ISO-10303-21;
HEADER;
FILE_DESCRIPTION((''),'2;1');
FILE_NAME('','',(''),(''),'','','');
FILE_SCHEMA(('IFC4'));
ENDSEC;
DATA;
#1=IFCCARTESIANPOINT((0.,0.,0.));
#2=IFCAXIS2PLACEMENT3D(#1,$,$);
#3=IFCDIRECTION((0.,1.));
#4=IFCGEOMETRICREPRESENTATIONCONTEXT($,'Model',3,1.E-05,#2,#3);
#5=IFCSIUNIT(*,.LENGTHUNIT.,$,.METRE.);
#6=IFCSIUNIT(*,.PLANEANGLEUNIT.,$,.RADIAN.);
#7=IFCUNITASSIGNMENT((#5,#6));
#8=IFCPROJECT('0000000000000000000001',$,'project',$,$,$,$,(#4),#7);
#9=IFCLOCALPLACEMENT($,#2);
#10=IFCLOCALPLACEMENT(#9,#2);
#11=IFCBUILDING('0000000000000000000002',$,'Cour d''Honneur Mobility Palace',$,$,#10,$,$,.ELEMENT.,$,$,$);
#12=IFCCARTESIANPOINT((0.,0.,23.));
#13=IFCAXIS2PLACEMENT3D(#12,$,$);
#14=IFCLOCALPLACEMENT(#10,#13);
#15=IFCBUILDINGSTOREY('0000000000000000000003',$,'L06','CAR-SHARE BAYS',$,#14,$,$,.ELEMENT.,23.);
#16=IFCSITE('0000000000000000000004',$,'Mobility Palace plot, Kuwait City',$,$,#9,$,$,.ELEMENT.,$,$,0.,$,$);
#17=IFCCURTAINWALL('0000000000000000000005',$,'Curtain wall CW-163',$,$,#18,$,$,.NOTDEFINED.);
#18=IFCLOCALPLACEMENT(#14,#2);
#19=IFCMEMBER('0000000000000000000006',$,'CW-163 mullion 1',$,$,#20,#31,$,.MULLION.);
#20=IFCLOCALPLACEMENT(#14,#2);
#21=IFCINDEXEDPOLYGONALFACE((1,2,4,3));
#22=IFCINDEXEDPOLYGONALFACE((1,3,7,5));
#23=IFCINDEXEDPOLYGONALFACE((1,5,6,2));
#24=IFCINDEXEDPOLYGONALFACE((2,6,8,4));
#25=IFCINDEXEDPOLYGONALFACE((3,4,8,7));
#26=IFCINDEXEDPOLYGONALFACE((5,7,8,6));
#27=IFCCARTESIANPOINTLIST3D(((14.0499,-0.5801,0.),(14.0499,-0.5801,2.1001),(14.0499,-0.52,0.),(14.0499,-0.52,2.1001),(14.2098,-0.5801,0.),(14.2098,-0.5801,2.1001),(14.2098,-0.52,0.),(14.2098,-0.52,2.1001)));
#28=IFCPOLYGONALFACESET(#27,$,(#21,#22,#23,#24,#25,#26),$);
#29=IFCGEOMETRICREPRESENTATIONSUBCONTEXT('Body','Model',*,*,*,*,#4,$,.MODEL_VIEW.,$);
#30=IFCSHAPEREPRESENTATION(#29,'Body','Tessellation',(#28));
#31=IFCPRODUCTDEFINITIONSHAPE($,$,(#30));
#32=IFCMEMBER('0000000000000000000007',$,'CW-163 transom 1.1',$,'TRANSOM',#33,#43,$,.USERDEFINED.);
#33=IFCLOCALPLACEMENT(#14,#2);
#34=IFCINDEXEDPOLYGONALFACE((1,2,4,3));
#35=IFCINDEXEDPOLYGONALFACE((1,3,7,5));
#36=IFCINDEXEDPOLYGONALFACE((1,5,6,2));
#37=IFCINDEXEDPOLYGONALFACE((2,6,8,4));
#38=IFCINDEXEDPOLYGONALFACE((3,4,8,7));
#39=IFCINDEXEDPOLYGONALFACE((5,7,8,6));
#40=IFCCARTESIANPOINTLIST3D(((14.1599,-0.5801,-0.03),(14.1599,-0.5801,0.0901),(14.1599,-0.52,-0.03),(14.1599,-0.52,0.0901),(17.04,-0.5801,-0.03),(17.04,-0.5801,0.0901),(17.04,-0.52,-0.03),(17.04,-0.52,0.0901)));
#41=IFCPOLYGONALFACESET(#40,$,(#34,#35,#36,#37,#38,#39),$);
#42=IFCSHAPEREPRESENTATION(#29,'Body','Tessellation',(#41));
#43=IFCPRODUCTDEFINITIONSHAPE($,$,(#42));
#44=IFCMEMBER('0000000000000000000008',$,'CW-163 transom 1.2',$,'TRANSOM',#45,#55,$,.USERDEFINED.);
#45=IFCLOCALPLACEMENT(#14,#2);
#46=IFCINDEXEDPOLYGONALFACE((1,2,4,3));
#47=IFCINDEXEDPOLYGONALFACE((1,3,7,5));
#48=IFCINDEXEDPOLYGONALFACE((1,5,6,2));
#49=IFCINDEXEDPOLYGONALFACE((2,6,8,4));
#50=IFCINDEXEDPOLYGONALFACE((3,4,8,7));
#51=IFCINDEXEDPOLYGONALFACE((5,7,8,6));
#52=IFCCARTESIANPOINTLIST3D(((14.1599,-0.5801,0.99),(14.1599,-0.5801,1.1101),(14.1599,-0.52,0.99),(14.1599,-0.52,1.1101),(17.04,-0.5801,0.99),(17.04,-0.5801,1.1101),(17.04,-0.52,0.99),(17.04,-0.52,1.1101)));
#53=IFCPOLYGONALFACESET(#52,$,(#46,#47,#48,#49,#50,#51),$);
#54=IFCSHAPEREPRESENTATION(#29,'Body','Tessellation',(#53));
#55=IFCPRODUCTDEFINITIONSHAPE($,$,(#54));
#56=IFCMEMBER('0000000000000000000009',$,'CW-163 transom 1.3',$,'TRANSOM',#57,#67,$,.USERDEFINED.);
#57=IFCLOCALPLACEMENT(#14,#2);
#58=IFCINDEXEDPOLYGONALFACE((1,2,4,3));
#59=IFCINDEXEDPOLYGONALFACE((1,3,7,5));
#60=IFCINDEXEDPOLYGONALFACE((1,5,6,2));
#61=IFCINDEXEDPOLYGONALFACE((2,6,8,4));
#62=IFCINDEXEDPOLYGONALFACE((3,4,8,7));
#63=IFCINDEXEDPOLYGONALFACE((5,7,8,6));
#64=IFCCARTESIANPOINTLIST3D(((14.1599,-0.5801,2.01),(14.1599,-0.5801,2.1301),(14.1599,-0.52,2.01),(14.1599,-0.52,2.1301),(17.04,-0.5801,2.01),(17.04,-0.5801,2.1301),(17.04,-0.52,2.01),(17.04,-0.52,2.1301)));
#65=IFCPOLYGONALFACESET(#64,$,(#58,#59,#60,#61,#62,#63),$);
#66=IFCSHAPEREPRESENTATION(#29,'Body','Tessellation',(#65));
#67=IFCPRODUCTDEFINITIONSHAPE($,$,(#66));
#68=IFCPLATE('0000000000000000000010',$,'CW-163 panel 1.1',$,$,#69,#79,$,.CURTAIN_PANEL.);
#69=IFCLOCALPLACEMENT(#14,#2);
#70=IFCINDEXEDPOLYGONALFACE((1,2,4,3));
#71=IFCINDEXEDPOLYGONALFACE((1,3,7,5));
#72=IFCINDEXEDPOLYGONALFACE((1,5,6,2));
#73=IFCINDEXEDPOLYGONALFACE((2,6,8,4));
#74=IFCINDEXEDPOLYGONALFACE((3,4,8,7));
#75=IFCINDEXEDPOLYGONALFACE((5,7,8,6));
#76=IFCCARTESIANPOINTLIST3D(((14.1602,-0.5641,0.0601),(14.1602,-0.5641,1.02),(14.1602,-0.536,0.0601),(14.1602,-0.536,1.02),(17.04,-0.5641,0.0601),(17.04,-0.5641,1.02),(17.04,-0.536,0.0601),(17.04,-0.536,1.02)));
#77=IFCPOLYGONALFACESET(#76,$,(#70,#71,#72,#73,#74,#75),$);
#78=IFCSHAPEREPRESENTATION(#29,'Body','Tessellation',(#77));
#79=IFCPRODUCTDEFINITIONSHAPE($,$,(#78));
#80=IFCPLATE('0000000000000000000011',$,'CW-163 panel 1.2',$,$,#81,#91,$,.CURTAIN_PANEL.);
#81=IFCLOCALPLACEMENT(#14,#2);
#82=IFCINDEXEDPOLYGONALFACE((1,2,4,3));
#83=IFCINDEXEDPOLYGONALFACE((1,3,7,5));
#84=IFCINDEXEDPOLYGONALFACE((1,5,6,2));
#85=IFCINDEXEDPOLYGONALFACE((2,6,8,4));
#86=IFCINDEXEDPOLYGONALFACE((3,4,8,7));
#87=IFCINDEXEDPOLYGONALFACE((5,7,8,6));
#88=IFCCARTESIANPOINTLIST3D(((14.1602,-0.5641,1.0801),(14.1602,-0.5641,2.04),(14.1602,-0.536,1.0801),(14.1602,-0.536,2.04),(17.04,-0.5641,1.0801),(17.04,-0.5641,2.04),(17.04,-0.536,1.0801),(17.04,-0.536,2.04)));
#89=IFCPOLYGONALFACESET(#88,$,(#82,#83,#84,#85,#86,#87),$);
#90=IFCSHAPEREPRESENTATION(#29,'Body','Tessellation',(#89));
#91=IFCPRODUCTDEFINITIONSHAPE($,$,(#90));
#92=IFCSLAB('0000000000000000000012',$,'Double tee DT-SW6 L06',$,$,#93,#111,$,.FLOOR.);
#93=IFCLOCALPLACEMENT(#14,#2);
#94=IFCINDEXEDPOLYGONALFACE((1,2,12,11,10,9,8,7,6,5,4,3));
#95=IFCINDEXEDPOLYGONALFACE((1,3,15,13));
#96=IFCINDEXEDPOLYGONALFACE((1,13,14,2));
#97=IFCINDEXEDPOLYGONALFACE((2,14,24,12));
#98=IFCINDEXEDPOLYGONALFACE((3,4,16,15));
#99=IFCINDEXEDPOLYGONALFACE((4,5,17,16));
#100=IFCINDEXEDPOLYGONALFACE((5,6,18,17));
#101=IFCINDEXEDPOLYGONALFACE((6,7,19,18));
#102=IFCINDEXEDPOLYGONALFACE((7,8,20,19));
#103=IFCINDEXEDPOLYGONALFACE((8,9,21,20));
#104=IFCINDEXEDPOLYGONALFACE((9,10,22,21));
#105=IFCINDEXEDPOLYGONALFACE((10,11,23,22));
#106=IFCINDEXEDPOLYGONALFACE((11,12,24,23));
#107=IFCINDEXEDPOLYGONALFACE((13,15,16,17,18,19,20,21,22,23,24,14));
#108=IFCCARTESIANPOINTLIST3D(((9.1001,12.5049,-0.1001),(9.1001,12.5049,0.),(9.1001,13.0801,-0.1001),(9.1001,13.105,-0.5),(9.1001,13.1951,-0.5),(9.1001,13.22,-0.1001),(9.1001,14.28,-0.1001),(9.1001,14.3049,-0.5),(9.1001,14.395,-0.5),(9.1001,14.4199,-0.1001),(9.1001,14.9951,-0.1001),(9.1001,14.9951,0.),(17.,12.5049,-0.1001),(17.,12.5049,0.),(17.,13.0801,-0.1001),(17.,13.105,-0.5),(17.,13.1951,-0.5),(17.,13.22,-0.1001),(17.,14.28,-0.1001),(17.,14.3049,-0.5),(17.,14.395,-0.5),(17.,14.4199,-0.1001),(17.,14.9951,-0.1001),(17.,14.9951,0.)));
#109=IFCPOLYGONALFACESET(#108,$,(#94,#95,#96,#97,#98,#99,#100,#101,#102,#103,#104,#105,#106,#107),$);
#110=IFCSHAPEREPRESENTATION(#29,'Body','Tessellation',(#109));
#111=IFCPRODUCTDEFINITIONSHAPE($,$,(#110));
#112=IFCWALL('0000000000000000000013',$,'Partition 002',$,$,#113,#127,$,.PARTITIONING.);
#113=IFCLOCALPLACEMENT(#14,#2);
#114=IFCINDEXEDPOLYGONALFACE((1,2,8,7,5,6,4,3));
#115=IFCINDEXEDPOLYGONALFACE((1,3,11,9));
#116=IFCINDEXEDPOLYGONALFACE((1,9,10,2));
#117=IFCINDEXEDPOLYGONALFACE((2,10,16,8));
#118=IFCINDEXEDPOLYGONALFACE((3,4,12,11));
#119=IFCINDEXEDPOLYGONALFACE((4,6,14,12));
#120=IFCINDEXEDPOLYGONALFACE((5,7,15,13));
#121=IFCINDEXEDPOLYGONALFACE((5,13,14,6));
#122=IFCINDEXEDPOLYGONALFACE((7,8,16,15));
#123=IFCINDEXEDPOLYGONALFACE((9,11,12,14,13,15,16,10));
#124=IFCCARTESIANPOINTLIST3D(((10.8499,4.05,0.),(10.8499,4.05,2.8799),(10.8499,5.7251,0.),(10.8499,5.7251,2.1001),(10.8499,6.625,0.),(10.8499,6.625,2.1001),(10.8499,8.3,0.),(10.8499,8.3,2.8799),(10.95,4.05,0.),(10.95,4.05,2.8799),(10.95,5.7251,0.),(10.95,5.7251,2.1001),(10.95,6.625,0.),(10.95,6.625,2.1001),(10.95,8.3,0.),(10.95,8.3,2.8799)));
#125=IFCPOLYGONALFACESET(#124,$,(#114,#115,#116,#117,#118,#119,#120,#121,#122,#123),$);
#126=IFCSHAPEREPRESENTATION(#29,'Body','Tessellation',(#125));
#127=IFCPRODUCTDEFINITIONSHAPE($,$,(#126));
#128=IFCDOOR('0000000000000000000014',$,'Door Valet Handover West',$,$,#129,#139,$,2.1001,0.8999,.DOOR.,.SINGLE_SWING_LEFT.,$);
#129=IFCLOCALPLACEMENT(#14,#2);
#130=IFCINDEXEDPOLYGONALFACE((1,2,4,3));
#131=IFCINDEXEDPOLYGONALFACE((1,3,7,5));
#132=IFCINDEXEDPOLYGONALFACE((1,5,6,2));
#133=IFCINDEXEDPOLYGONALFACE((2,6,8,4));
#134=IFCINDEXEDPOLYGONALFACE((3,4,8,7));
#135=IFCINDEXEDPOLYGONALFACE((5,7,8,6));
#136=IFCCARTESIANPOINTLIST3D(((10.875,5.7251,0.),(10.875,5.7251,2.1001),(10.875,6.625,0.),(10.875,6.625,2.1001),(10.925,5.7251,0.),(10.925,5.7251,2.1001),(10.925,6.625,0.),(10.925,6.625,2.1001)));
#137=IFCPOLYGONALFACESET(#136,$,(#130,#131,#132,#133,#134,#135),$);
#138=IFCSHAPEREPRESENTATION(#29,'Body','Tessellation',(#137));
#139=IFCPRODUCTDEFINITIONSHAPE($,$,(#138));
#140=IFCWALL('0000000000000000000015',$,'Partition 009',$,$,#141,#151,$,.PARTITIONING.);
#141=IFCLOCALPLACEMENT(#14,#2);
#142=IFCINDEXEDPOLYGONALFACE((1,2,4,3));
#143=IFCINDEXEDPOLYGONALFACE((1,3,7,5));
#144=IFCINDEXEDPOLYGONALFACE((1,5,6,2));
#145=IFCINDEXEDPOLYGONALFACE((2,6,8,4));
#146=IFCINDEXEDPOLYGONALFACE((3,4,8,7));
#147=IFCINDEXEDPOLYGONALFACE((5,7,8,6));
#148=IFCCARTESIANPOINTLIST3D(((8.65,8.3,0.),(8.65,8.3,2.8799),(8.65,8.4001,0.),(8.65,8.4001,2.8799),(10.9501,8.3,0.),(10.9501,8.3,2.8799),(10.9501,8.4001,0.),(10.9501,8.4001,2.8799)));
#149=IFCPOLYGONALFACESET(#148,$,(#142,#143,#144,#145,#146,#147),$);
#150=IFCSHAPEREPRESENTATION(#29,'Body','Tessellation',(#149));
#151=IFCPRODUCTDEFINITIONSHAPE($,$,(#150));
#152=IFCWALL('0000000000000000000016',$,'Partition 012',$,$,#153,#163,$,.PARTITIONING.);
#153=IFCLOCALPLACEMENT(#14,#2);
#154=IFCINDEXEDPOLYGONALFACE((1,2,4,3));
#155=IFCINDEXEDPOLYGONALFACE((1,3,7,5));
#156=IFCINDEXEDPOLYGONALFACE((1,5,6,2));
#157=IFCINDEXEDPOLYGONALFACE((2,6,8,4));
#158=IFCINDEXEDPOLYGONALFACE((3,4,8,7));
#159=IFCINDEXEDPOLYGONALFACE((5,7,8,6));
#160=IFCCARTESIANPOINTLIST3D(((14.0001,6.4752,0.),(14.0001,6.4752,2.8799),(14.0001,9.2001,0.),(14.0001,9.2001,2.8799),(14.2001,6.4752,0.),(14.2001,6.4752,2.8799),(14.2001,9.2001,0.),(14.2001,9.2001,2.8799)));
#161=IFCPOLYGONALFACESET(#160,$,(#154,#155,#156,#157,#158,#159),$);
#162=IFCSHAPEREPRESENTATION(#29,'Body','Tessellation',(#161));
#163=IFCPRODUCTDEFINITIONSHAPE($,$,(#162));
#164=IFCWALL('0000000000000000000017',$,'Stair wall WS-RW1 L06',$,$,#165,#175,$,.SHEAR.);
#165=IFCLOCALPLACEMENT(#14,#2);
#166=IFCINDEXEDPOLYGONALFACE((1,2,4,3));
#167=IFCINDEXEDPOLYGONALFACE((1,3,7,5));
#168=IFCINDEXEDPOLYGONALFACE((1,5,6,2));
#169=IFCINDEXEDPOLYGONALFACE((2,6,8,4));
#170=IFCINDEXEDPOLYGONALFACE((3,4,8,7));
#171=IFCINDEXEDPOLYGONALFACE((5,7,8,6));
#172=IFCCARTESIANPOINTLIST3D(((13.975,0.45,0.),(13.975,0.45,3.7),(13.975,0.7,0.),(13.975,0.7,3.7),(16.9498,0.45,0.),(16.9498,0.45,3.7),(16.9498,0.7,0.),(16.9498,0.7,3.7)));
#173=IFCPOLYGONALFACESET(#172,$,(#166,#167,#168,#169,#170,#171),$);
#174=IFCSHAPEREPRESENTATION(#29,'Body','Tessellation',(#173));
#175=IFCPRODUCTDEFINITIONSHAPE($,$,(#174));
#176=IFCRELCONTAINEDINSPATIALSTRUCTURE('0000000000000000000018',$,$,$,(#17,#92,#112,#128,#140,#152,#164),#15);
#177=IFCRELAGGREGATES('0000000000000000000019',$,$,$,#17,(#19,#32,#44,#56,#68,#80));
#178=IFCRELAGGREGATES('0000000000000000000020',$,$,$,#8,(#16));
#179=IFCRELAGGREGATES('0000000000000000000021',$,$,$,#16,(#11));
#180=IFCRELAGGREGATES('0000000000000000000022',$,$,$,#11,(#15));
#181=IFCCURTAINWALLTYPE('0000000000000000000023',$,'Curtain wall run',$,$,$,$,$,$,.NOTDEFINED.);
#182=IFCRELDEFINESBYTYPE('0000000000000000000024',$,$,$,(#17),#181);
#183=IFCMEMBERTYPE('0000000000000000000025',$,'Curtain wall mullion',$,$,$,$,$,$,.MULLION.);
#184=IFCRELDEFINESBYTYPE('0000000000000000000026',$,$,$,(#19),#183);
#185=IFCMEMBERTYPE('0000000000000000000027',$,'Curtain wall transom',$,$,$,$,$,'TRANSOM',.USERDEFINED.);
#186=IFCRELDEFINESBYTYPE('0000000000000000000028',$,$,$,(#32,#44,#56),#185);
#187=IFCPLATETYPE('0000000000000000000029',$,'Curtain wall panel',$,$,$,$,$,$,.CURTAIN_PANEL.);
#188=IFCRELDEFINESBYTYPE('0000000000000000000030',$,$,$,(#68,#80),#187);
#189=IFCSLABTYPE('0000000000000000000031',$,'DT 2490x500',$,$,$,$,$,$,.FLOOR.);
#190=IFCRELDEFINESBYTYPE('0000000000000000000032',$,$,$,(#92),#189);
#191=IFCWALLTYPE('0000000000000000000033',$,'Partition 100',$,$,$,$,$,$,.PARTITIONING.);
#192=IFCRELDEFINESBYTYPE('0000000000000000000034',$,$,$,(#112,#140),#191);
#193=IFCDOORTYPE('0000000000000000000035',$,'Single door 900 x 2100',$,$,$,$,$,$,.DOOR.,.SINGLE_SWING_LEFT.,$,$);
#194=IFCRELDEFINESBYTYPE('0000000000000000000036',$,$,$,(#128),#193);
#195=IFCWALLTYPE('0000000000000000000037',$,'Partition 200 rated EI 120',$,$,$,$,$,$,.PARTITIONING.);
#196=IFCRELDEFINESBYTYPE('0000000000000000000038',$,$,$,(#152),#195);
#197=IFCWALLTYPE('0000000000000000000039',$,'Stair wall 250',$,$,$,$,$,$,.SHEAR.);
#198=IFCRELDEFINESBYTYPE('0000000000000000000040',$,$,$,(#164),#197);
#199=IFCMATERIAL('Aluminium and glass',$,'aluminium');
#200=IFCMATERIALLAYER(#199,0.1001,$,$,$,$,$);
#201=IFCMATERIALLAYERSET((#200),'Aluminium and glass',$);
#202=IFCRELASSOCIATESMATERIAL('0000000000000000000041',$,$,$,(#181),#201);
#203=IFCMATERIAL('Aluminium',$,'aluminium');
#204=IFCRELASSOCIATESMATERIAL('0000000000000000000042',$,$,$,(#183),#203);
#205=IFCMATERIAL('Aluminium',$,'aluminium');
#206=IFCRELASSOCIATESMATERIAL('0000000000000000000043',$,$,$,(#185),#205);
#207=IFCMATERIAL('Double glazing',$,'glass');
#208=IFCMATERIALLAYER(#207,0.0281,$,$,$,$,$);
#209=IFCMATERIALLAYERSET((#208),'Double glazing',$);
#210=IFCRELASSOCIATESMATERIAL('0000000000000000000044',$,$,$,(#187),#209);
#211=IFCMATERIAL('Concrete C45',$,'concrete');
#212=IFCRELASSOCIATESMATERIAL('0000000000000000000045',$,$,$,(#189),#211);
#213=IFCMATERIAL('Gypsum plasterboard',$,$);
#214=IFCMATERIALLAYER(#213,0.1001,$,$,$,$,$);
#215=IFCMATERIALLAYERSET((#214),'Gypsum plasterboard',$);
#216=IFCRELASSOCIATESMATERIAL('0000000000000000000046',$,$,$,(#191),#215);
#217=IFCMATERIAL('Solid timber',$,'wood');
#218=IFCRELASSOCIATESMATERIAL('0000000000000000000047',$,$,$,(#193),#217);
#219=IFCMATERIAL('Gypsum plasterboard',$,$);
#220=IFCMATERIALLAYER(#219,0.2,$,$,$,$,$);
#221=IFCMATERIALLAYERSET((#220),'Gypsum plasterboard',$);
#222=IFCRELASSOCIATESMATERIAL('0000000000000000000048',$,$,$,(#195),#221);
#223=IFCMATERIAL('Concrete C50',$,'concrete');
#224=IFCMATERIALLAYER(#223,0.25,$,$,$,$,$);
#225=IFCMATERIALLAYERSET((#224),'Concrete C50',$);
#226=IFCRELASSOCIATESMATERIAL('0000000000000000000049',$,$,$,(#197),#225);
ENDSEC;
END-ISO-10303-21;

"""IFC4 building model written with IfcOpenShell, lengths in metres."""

from ifc_helpers import new_model, si_unit, direction, frame, frame_2d, origin, origin_2d, place, context, subcontext, project, spatial, polyline, rectangle, outline, extrude, material, layer, layer_set, material_profile, profile_set, type_object, element, fill, aggregate, save


model = new_model("IFC4")

# Units and contexts
model_context = context("Model", 3, precision=1e-05, world=origin(), true_north=direction((0.0, 1.0)))
body_context = subcontext(model_context, "Body", "Model", "MODEL_VIEW")
ifc_project = project(units=[si_unit("LENGTHUNIT", "METRE"), si_unit("PLANEANGLEUNIT", "RADIAN")], contexts=[model_context])

# Site, building, storey
site_placement = place(None, origin())
site = spatial("IfcSite", under=ifc_project, at=site_placement, Name="Mobility Palace plot, Kuwait City", CompositionType="ELEMENT", RefElevation=0.0)
building_placement = place(site_placement, origin())
building = spatial("IfcBuilding", under=site, at=building_placement, Name="Cour d'Honneur Mobility Palace", CompositionType="ELEMENT")
storey_placement = place(building_placement, frame((0.0, 0.0, 23.0)))
storey = spatial("IfcBuildingStorey", under=building, at=storey_placement, Name="L06", Description="CAR-SHARE BAYS", CompositionType="ELEMENT", Elevation=23.0)

# Curtain wall, members, plates
ifc_material_1 = material(Name="Aluminium and glass", Category="aluminium")
ifc_layer_1 = layer(ifc_material_1, 0.1001)
ifc_layer_set_1 = layer_set([ifc_layer_1], Name="Aluminium and glass")
curtain_wall_type = type_object("IfcCurtainWallType", Name="Curtain wall run", PredefinedType="NOTDEFINED", material=ifc_layer_set_1)
curtain_wall_placement = place(storey_placement, origin())
curtain_wall = element("IfcCurtainWall", 1, at=curtain_wall_placement, inside=storey, type_object=curtain_wall_type, Name="Curtain wall CW-163", PredefinedType="NOTDEFINED")
ifc_material_2 = material(Name="Aluminium", Category="aluminium")
ifc_material_profile_1 = material_profile(ifc_material_2, rectangle(XDim=0.0601, YDim=0.1599, at=origin_2d()), Name="Curtain wall mullion")
ifc_profile_set_1 = profile_set([ifc_material_profile_1], Name="Aluminium")
member_type_1 = type_object("IfcMemberType", Name="Curtain wall mullion", PredefinedType="MULLION", material=ifc_profile_set_1)
member_1_placement = place(storey_placement, frame((14.1299, -0.55, 0.0), z_axis=(0.0, 0.0, 1.0), x_axis=(0.0, 1.0, 0.0)))
member_1 = element("IfcMember", 2, at=member_1_placement, type_object=member_type_1, Name="CW-163 mullion 1", PredefinedType="MULLION", context=body_context, shape_type="SweptSolid", body=[
    extrude(rectangle(XDim=0.0601, YDim=0.1599, at=origin_2d()), origin(), (0.0, 0.0, 1.0), 2.1001),
])
ifc_material_3 = material(Name="Aluminium", Category="aluminium")
ifc_material_profile_2 = material_profile(ifc_material_3, rectangle(XDim=0.0601, YDim=0.1201, at=origin_2d()), Name="Curtain wall transom")
ifc_profile_set_2 = profile_set([ifc_material_profile_2], Name="Aluminium")
member_type_2 = type_object("IfcMemberType", Name="Curtain wall transom", ElementType="TRANSOM", PredefinedType="USERDEFINED", material=ifc_profile_set_2)
member_2_placement = place(storey_placement, frame((14.1599, -0.55, 0.03), z_axis=(1.0, 0.0, 0.0), x_axis=(0.0, 1.0, 0.0)))
member_2 = element("IfcMember", 3, at=member_2_placement, type_object=member_type_2, Name="CW-163 transom 1.1", ObjectType="TRANSOM", PredefinedType="USERDEFINED", context=body_context, shape_type="SweptSolid", body=[
    extrude(rectangle(XDim=0.0601, YDim=0.1201, at=origin_2d()), origin(), (0.0, 0.0, 1.0), 2.8801),
])
member_3_placement = place(storey_placement, frame((14.1599, -0.55, 1.05), z_axis=(1.0, 0.0, 0.0), x_axis=(0.0, 1.0, 0.0)))
member_3 = element("IfcMember", 4, at=member_3_placement, type_object=member_type_2, Name="CW-163 transom 1.2", ObjectType="TRANSOM", PredefinedType="USERDEFINED", context=body_context, shape_type="SweptSolid", body=[
    extrude(rectangle(XDim=0.0601, YDim=0.1201, at=origin_2d()), origin(), (0.0, 0.0, 1.0), 2.8801),
])
member_4_placement = place(storey_placement, frame((14.1599, -0.55, 2.0701), z_axis=(1.0, 0.0, 0.0), x_axis=(0.0, 1.0, 0.0)))
member_4 = element("IfcMember", 5, at=member_4_placement, type_object=member_type_2, Name="CW-163 transom 1.3", ObjectType="TRANSOM", PredefinedType="USERDEFINED", context=body_context, shape_type="SweptSolid", body=[
    extrude(rectangle(XDim=0.0601, YDim=0.1201, at=origin_2d()), origin(), (0.0, 0.0, 1.0), 2.8801),
])
ifc_material_4 = material(Name="Double glazing", Category="glass")
ifc_layer_2 = layer(ifc_material_4, 0.0281)
ifc_layer_set_2 = layer_set([ifc_layer_2], Name="Double glazing")
plate_type = type_object("IfcPlateType", Name="Curtain wall panel", PredefinedType="CURTAIN_PANEL", material=ifc_layer_set_2)
plate_1_placement = place(storey_placement, frame((15.6001, -0.55, 0.0601), z_axis=(0.0, 0.0, 1.0), x_axis=(1.0, 0.0, 0.0)))
plate_1 = element("IfcPlate", 6, at=plate_1_placement, type_object=plate_type, Name="CW-163 panel 1.1", PredefinedType="CURTAIN_PANEL", context=body_context, shape_type="SweptSolid", body=[
    extrude(rectangle(XDim=2.8799, YDim=0.0281, at=origin_2d()), origin(), (0.0, 0.0, 1.0), 0.96),
])
plate_2_placement = place(storey_placement, frame((15.6001, -0.55, 1.0801), z_axis=(0.0, 0.0, 1.0), x_axis=(1.0, 0.0, 0.0)))
plate_2 = element("IfcPlate", 7, at=plate_2_placement, type_object=plate_type, Name="CW-163 panel 1.2", PredefinedType="CURTAIN_PANEL", context=body_context, shape_type="SweptSolid", body=[
    extrude(rectangle(XDim=2.8799, YDim=0.0281, at=origin_2d()), origin(), (0.0, 0.0, 1.0), 0.96),
])
aggregate(curtain_wall, [member_1, member_2, member_3, member_4, plate_1, plate_2])

# Slab
ifc_material_5 = material(Name="Concrete C45", Category="concrete")
ifc_material_profile_3 = material_profile(ifc_material_5, outline(polyline([(-1.2451, 0.0), (1.2451, 0.0), (1.2451, -0.1001), (0.6699, -0.1001), (0.645, -0.5), (0.5549, -0.5), (0.53, -0.1001), (-0.53, -0.1001), (-0.5549, -0.5), (-0.645, -0.5), (-0.6699, -0.1001), (-1.2451, -0.1001), (-1.2451, 0.0)])), Name="DT 2490x500")
ifc_profile_set_3 = profile_set([ifc_material_profile_3], Name="Concrete C45")
slab_type = type_object("IfcSlabType", Name="DT 2490x500", PredefinedType="FLOOR", material=ifc_profile_set_3)
slab_placement = place(storey_placement, frame((9.1001, 13.75, 0.0), z_axis=(1.0, 0.0, 0.0), x_axis=(0.0, 1.0, 0.0)))
element("IfcSlab", 8, at=slab_placement, inside=storey, type_object=slab_type, Name="Double tee DT-SW6 L06", PredefinedType="FLOOR", context=body_context, shape_type="SweptSolid", body=[
    extrude(outline(polyline([(-1.2451, 0.0), (1.2451, 0.0), (1.2451, -0.1001), (0.6699, -0.1001), (0.645, -0.5), (0.5549, -0.5), (0.53, -0.1001), (-0.53, -0.1001), (-0.5549, -0.5), (-0.645, -0.5), (-0.6699, -0.1001), (-1.2451, -0.1001), (-1.2451, 0.0)])), origin(), (0.0, 0.0, 1.0), 7.8999),
])

# Wall, opening, door
ifc_material_6 = material(Name="Gypsum plasterboard")
ifc_layer_3 = layer(ifc_material_6, 0.1001)
ifc_layer_set_3 = layer_set([ifc_layer_3], Name="Gypsum plasterboard")
wall_type_1 = type_object("IfcWallType", Name="Partition 100", PredefinedType="PARTITIONING", material=ifc_layer_set_3)
wall_1_placement = place(storey_placement, frame((10.8999, 4.05, 0.0), z_axis=(0.0, 0.0, 1.0), x_axis=(0.0, 1.0, 0.0)))
wall_1 = element("IfcWall", 9, at=wall_1_placement, inside=storey, type_object=wall_type_1, Name="Partition 002", PredefinedType="PARTITIONING", context=body_context, shape_type="SweptSolid", body=[
    extrude(rectangle(XDim=4.25, YDim=0.1001, at=frame_2d((2.125, 0.0))), origin(), (0.0, 0.0, 1.0), 2.8799),
])
opening_1_placement = place(wall_1_placement, frame((1.675, 0.0, 0.0)))
opening_1 = element("IfcOpeningElement", 10, at=opening_1_placement, cuts=wall_1, PredefinedType="OPENING", context=body_context, shape_type="SweptSolid", body=[
    extrude(rectangle(XDim=0.8999, YDim=2.1001, at=frame_2d((0.45, 1.05))), frame((0.0, 0.0601, 0.0), z_axis=(0.0, -1.0, 0.0), x_axis=(1.0, 0.0, 0.0)), (0.0, 0.0, 1.0), 0.1201),
])
ifc_material_7 = material(Name="Solid timber", Category="wood")
door_type_1 = type_object("IfcDoorType", Name="Single door 900 x 2100", OperationType="SINGLE_SWING_LEFT", PredefinedType="DOOR", material=ifc_material_7)
door_1_placement = place(opening_1_placement, origin())
door_1 = element("IfcDoor", 11, at=door_1_placement, inside=storey, type_object=door_type_1, Name="Door Valet Handover West", OperationType="SINGLE_SWING_LEFT", OverallHeight=2.1001, OverallWidth=0.8999, PredefinedType="DOOR", context=body_context, shape_type="SweptSolid", body=[
    extrude(rectangle(XDim=0.8999, YDim=2.1001, at=frame_2d((0.45, 1.05))), frame((0.0, 0.0249, 0.0), z_axis=(0.0, -1.0, 0.0), x_axis=(1.0, 0.0, 0.0)), (0.0, 0.0, 1.0), 0.05),
])
fill(opening_1, door_1)

# Walls
wall_2_placement = place(storey_placement, frame((10.95, 8.3501, 0.0), z_axis=(0.0, 0.0, 1.0), x_axis=(-1.0, 0.0, 0.0)))
element("IfcWall", 12, at=wall_2_placement, inside=storey, type_object=wall_type_1, Name="Partition 009", PredefinedType="PARTITIONING", context=body_context, shape_type="SweptSolid", body=[
    extrude(rectangle(XDim=2.3, YDim=0.1001, at=frame_2d((1.1499, 0.0))), origin(), (0.0, 0.0, 1.0), 2.8799),
])
ifc_material_8 = material(Name="Gypsum plasterboard")
ifc_layer_4 = layer(ifc_material_8, 0.2)
ifc_layer_set_4 = layer_set([ifc_layer_4], Name="Gypsum plasterboard")
wall_type_2 = type_object("IfcWallType", Name="Partition 200 rated EI 120", PredefinedType="PARTITIONING", material=ifc_layer_set_4)
wall_3_placement = place(storey_placement, frame((14.1001, 9.2, 0.0), z_axis=(0.0, 0.0, 1.0), x_axis=(0.0, -1.0, 0.0)))
element("IfcWall", 13, at=wall_3_placement, inside=storey, type_object=wall_type_2, Name="Partition 012", PredefinedType="PARTITIONING", context=body_context, shape_type="SweptSolid", body=[
    extrude(rectangle(XDim=2.7249, YDim=0.2, at=frame_2d((1.3623, 0.0))), origin(), (0.0, 0.0, 1.0), 2.8799),
])
ifc_material_9 = material(Name="Concrete C50", Category="concrete")
ifc_layer_5 = layer(ifc_material_9, 0.25)
ifc_layer_set_5 = layer_set([ifc_layer_5], Name="Concrete C50")
wall_type_3 = type_object("IfcWallType", Name="Stair wall 250", PredefinedType="SHEAR", material=ifc_layer_set_5)
wall_4_placement = place(storey_placement, frame((13.9751, 0.575, 0.0), z_axis=(0.0, 0.0, 1.0), x_axis=(1.0, 0.0, 0.0)))
element("IfcWall", 14, at=wall_4_placement, inside=storey, type_object=wall_type_3, Name="Stair wall WS-RW1 L06", PredefinedType="SHEAR", context=body_context, shape_type="SweptSolid", body=[
    extrude(rectangle(XDim=2.9749, YDim=0.25, at=frame_2d((1.4873, 0.0))), origin(), (0.0, 0.0, 1.0), 3.7),
])

save(model, "model.ifc")
